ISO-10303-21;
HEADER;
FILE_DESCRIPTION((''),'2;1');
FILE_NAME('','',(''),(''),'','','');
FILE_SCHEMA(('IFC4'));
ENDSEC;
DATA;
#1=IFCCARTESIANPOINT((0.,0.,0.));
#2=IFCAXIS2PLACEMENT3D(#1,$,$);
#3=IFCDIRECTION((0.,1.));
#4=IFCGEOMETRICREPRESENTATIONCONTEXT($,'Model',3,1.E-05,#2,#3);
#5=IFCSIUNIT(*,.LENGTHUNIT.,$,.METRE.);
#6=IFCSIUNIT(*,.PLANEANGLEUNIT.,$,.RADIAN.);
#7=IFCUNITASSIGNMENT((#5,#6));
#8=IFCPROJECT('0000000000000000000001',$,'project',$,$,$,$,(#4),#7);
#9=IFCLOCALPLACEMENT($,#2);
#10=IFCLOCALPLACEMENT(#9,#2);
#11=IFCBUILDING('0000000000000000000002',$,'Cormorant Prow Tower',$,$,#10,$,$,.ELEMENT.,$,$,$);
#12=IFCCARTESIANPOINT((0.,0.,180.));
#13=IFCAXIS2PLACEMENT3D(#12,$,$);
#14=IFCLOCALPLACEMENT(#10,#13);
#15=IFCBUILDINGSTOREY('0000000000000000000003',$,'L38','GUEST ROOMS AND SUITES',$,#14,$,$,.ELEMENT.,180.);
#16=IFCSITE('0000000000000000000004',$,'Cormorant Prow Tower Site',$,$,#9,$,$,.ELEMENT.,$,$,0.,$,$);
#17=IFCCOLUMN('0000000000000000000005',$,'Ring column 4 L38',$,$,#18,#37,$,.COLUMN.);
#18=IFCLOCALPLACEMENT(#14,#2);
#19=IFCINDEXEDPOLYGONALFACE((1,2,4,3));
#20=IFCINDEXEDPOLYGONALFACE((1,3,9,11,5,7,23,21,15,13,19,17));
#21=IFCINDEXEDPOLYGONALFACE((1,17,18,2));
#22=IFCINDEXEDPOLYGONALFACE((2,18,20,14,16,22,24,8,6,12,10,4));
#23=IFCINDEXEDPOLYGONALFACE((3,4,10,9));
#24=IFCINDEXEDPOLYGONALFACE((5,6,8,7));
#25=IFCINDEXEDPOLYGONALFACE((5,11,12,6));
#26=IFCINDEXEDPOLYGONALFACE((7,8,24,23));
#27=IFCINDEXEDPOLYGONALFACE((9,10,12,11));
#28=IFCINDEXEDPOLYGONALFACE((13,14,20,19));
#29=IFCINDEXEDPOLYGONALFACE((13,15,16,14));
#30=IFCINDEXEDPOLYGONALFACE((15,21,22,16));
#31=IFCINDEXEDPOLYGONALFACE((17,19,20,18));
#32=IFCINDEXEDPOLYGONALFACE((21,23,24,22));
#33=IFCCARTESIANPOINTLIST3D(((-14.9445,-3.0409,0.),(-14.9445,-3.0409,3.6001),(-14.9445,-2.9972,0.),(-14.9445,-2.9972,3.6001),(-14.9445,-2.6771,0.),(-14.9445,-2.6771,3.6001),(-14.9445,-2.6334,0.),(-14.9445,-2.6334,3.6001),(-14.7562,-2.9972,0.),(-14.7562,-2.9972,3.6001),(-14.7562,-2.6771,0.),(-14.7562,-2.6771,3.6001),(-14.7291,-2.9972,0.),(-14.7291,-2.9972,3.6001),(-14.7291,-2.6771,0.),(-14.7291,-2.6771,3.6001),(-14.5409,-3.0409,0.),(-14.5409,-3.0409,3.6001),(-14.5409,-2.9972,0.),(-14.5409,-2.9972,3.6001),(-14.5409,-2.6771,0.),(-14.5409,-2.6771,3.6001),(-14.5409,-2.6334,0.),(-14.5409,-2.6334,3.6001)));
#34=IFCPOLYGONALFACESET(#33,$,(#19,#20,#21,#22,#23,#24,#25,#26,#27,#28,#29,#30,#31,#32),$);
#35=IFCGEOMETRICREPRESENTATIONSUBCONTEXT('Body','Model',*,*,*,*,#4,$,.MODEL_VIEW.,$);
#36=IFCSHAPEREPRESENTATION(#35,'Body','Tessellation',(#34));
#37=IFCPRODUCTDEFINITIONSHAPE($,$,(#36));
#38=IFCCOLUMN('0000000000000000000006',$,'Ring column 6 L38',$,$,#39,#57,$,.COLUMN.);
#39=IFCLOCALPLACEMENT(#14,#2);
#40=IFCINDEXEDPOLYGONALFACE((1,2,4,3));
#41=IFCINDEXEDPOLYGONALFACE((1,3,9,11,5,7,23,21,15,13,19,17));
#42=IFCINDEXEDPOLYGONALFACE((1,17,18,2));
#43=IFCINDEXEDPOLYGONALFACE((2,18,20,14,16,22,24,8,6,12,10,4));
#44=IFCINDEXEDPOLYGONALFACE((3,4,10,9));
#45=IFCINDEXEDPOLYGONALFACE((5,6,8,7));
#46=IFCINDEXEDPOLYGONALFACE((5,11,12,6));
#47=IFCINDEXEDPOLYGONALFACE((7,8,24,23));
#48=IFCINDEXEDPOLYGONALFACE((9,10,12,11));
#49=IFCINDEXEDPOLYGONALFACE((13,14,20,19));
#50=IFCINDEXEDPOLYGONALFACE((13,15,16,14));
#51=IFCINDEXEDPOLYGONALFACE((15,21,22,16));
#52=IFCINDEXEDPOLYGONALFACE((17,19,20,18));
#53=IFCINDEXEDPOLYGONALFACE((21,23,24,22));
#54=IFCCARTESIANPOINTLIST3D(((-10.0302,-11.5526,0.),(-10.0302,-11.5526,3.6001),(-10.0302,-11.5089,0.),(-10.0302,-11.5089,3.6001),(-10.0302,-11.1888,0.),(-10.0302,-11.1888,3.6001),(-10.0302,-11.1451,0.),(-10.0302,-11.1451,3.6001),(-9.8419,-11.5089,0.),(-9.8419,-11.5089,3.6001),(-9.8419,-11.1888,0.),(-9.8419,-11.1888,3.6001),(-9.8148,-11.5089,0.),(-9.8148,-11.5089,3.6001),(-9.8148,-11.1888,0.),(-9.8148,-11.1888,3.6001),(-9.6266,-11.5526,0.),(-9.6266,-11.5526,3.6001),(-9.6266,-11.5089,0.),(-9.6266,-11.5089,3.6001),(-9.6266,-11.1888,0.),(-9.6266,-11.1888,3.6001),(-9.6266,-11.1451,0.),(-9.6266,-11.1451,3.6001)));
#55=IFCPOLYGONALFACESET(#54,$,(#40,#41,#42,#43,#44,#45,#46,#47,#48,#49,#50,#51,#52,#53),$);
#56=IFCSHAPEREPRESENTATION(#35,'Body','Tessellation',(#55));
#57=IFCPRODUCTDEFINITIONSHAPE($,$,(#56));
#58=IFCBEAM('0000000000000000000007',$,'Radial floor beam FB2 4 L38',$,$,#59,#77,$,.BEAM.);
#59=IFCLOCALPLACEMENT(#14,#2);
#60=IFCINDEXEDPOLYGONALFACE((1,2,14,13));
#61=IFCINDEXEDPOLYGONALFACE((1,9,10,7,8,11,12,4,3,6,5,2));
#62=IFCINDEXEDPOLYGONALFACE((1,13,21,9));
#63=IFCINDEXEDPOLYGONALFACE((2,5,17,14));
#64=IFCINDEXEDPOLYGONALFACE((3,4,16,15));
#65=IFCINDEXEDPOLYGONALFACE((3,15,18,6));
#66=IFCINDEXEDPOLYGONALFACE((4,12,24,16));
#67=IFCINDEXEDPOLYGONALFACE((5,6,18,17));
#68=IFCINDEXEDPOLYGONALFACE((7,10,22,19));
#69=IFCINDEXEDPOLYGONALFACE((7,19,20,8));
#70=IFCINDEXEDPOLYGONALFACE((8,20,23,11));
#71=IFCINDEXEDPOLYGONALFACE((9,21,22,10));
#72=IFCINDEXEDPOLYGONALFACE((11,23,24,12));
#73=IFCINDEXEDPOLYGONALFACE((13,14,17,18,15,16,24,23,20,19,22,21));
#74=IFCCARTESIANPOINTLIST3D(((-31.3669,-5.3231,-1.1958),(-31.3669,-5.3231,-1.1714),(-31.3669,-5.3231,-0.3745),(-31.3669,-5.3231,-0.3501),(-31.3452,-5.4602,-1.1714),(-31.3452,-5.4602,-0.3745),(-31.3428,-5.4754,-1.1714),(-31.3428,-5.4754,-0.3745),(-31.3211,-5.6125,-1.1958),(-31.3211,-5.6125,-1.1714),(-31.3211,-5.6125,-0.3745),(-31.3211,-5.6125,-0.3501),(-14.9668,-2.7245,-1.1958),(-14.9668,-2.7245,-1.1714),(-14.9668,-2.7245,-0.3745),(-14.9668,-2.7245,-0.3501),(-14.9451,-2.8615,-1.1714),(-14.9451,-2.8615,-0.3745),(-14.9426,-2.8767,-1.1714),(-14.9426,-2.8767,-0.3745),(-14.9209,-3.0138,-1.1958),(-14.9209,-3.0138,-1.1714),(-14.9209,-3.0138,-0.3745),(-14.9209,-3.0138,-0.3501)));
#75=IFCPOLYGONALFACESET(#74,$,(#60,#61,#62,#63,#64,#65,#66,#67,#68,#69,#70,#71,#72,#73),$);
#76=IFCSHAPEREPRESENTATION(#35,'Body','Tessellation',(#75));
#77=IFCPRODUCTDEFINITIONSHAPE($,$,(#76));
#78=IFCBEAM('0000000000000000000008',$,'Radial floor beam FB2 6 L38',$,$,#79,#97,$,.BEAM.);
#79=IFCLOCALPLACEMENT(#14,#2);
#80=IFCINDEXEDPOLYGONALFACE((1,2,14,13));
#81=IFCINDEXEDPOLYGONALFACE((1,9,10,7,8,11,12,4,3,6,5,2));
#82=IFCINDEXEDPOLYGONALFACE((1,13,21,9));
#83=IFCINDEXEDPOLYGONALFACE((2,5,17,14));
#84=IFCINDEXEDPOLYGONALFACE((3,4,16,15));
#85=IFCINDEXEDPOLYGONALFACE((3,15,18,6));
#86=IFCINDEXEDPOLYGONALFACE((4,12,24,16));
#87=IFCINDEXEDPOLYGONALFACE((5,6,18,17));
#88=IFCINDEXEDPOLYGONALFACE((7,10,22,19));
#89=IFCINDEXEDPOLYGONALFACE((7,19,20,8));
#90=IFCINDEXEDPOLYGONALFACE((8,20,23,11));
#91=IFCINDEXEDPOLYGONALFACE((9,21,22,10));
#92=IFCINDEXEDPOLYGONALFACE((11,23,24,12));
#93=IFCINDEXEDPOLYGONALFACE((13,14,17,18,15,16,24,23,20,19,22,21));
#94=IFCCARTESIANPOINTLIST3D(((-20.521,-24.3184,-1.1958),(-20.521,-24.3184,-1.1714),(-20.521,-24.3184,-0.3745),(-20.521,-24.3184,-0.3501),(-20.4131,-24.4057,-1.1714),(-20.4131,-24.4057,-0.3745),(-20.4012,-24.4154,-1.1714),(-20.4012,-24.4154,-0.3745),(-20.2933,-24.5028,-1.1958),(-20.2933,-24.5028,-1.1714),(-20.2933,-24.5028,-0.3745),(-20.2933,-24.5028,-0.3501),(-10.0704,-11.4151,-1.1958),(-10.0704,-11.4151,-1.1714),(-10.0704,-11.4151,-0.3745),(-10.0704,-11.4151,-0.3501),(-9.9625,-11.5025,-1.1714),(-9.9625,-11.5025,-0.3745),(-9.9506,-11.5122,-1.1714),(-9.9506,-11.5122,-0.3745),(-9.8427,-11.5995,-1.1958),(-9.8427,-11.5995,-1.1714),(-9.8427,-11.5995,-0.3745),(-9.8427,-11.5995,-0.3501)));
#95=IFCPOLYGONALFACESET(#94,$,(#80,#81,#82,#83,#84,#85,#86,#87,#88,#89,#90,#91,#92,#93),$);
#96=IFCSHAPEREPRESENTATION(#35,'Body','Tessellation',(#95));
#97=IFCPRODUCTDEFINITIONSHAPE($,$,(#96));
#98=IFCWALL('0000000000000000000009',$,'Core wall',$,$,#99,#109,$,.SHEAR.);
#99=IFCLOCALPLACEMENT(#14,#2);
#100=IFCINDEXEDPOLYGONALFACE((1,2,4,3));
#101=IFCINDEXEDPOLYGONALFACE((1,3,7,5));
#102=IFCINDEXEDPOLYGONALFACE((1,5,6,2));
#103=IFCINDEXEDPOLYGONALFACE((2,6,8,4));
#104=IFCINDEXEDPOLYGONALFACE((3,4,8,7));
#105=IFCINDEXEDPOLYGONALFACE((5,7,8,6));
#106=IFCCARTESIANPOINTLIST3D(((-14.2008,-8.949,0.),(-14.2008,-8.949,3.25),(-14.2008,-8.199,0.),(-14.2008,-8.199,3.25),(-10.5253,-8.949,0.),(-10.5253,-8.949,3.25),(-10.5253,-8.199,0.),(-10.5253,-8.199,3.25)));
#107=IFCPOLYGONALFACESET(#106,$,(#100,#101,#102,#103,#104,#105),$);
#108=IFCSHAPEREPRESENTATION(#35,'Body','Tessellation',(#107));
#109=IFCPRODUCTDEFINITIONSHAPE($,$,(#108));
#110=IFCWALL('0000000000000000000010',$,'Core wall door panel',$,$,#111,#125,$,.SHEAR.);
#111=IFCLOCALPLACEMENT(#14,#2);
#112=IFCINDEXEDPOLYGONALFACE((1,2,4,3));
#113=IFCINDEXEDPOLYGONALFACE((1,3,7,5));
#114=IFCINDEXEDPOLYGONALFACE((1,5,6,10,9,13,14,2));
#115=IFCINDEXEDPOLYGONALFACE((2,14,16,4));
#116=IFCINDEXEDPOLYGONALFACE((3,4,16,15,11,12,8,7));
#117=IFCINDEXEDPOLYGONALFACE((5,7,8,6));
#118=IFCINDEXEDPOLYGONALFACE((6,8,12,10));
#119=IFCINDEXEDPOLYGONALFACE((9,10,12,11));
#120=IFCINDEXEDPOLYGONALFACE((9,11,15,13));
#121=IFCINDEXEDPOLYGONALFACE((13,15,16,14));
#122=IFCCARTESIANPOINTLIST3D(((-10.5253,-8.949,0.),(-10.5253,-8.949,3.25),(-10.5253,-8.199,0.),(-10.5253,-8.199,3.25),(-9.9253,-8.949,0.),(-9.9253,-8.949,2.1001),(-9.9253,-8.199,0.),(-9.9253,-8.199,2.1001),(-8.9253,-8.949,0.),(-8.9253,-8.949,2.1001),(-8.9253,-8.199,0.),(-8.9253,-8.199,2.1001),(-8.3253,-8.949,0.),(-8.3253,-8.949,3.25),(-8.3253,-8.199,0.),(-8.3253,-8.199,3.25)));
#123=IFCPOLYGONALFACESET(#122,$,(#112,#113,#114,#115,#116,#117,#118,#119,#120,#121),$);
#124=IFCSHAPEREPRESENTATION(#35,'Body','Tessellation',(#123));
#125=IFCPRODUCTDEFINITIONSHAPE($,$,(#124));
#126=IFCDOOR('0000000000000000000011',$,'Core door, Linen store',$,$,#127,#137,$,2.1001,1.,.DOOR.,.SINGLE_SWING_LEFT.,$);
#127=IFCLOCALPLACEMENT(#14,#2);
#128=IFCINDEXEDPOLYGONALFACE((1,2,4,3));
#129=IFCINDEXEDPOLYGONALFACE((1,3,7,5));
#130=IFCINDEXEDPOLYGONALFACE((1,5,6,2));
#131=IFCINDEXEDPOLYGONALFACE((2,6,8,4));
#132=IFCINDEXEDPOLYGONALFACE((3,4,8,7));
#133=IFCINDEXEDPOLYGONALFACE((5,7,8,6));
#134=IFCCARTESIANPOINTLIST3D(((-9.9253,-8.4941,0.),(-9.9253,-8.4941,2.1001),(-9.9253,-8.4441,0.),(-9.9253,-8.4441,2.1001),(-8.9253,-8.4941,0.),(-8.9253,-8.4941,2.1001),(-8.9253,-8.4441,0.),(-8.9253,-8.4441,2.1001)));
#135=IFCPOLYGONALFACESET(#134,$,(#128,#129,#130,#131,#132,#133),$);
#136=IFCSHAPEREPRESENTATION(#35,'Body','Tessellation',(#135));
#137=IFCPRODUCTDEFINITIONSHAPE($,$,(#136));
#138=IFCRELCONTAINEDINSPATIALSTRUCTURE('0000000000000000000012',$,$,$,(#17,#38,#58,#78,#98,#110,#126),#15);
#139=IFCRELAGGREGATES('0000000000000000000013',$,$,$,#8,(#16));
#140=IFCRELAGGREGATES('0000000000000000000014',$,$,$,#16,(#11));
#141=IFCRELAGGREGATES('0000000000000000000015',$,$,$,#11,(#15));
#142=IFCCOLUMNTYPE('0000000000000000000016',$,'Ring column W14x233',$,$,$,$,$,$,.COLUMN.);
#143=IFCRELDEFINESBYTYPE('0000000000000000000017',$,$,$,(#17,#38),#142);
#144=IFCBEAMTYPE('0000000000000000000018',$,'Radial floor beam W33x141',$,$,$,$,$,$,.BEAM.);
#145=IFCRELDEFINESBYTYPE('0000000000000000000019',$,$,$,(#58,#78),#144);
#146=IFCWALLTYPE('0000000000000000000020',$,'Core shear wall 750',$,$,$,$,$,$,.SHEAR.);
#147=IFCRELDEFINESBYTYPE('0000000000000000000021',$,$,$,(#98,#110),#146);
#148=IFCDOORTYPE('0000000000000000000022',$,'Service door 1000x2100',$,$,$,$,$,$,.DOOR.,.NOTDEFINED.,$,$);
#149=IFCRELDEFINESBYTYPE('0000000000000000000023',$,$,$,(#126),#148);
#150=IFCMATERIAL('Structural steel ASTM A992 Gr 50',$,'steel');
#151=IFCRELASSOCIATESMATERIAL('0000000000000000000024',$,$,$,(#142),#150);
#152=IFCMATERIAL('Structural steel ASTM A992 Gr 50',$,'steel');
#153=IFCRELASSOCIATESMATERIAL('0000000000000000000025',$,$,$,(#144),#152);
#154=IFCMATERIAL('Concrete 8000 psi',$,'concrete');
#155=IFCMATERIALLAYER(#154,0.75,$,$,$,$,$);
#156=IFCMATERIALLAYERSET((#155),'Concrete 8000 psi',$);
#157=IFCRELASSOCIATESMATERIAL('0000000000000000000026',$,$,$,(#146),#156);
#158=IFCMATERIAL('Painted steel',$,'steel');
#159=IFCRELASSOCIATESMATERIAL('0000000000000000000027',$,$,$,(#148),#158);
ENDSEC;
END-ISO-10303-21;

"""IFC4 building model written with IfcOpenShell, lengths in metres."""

from ifc_helpers import new_model, si_unit, direction, frame, frame_2d, origin, origin_2d, place, context, subcontext, project, spatial, rectangle, i_section, extrude, material, layer, layer_set, material_profile, profile_set, type_object, element, fill, save


model = new_model("IFC4")

# Units and contexts
model_context = context("Model", 3, precision=1e-05, world=origin(), true_north=direction((0.0, 1.0)))
body_context = subcontext(model_context, "Body", "Model", "MODEL_VIEW")
ifc_project = project(units=[si_unit("LENGTHUNIT", "METRE"), si_unit("PLANEANGLEUNIT", "RADIAN")], contexts=[model_context])

# Site, building, storey
site_placement = place(None, origin())
site = spatial("IfcSite", under=ifc_project, at=site_placement, Name="Cormorant Prow Tower Site", CompositionType="ELEMENT", RefElevation=0.0)
building_placement = place(site_placement, origin())
building = spatial("IfcBuilding", under=site, at=building_placement, Name="Cormorant Prow Tower", CompositionType="ELEMENT")
storey_placement = place(building_placement, frame((0.0, 0.0, 180.0)))
storey = spatial("IfcBuildingStorey", under=building, at=storey_placement, Name="L38", Description="GUEST ROOMS AND SUITES", CompositionType="ELEMENT", Elevation=180.0)

# Columns
ifc_material_1 = material(Name="Structural steel ASTM A992 Gr 50", Category="steel")
ifc_material_profile_1 = material_profile(ifc_material_1, i_section(OverallWidth=0.4036, OverallDepth=0.4075, WebThickness=0.0271, FlangeThickness=0.0437, at=origin_2d()), Name="W14x233")
ifc_profile_set_1 = profile_set([ifc_material_profile_1], Name="Structural steel ASTM A992 Gr 50")
column_type = type_object("IfcColumnType", Name="Ring column W14x233", PredefinedType="COLUMN", material=ifc_profile_set_1)
for number, where, z_axis, x_axis, name in (
    (1, (-14.7427, -2.8372, 0.0), (0.0, 0.0, 1.0), (1.0, 0.0, 0.0), "Ring column 4 L38"),
    (2, (-9.8284, -11.3489, 0.0), (0.0, 0.0, 1.0), (1.0, 0.0, 0.0), "Ring column 6 L38"),
):
    element("IfcColumn", number, at=place(storey_placement, frame(where, z_axis=z_axis, x_axis=x_axis)), inside=storey, type_object=column_type, Name=name, PredefinedType="COLUMN", context=body_context, shape_type="SweptSolid", body=[
        extrude(i_section(OverallWidth=0.4036, OverallDepth=0.4075, WebThickness=0.0271, FlangeThickness=0.0437, at=origin_2d()), origin(), (0.0, 0.0, 1.0), 3.6001),
    ])

# Beams
ifc_material_2 = material(Name="Structural steel ASTM A992 Gr 50", Category="steel")
ifc_material_profile_2 = material_profile(ifc_material_2, i_section(OverallWidth=0.293, OverallDepth=0.8457, WebThickness=0.0154, FlangeThickness=0.0244, at=origin_2d()), Name="W33x141")
ifc_profile_set_2 = profile_set([ifc_material_profile_2], Name="Structural steel ASTM A992 Gr 50")
beam_type = type_object("IfcBeamType", Name="Radial floor beam W33x141", PredefinedType="BEAM", material=ifc_profile_set_2)
beam_1_placement = place(storey_placement, frame((-14.9438, -2.8691, -0.7729), z_axis=(-0.987678, -0.156499, 0.0), x_axis=(0.156499, -0.987678, 0.0)))
element("IfcBeam", 3, at=beam_1_placement, inside=storey, type_object=beam_type, Name="Radial floor beam FB2 4 L38", PredefinedType="BEAM", context=body_context, shape_type="SweptSolid", body=[
    extrude(i_section(OverallWidth=0.293, OverallDepth=0.8457, WebThickness=0.0154, FlangeThickness=0.0244, at=origin_2d()), origin(), (0.0, 0.0, 1.0), 16.6047),
])
beam_2_placement = place(storey_placement, frame((-9.9565, -11.5073, -0.7729), z_axis=(-0.629385, -0.777094, 0.0), x_axis=(0.777094, -0.629385, 0.0)))
element("IfcBeam", 4, at=beam_2_placement, inside=storey, type_object=beam_type, Name="Radial floor beam FB2 6 L38", PredefinedType="BEAM", context=body_context, shape_type="SweptSolid", body=[
    extrude(i_section(OverallWidth=0.293, OverallDepth=0.8457, WebThickness=0.0154, FlangeThickness=0.0244, at=origin_2d()), origin(), (0.0, 0.0, 1.0), 16.6045),
])

# Wall
ifc_material_3 = material(Name="Concrete 8000 psi", Category="concrete")
ifc_layer_1 = layer(ifc_material_3, 0.75)
ifc_layer_set_1 = layer_set([ifc_layer_1], Name="Concrete 8000 psi")
wall_type_1 = type_object("IfcWallType", Name="Core shear wall 750", PredefinedType="SHEAR", material=ifc_layer_set_1)
wall_1_placement = place(storey_placement, frame((-14.2009, -8.574, 0.0), z_axis=(0.0, 0.0, 1.0), x_axis=(1.0, 0.0, 0.0)))
element("IfcWall", 5, at=wall_1_placement, inside=storey, type_object=wall_type_1, Name="Core wall", PredefinedType="SHEAR", context=body_context, shape_type="SweptSolid", body=[
    extrude(rectangle(XDim=3.6755, YDim=0.75, at=frame_2d((1.8379, 0.0))), origin(), (0.0, 0.0, 1.0), 3.25),
])

# Wall, opening, door
wall_2_placement = place(storey_placement, frame((-10.5254, -8.574, 0.0), z_axis=(0.0, 0.0, 1.0), x_axis=(1.0, 0.0, 0.0)))
wall_2 = element("IfcWall", 6, at=wall_2_placement, inside=storey, type_object=wall_type_1, Name="Core wall door panel", PredefinedType="SHEAR", context=body_context, shape_type="SweptSolid", body=[
    extrude(rectangle(XDim=2.2, YDim=0.75, at=frame_2d((1.1001, 0.0))), origin(), (0.0, 0.0, 1.0), 3.25),
])
opening_1_placement = place(wall_2_placement, frame((0.6001, 0.0, 0.0)))
opening_1 = element("IfcOpeningElement", 7, at=opening_1_placement, cuts=wall_2, PredefinedType="OPENING", context=body_context, shape_type="SweptSolid", body=[
    extrude(rectangle(XDim=1.0, YDim=2.1001, at=frame_2d((0.5, 1.05))), frame((0.0, 0.385, 0.0), z_axis=(0.0, -1.0, 0.0), x_axis=(1.0, 0.0, 0.0)), (0.0, 0.0, 1.0), 0.77),
])
ifc_material_4 = material(Name="Painted steel", Category="steel")
door_type_1 = type_object("IfcDoorType", Name="Service door 1000x2100", OperationType="NOTDEFINED", PredefinedType="DOOR", material=ifc_material_4)
door_1_placement = place(opening_1_placement, origin())
door_1 = element("IfcDoor", 8, at=door_1_placement, inside=storey, type_object=door_type_1, Name="Core door, Linen store", OperationType="SINGLE_SWING_LEFT", OverallHeight=2.1001, OverallWidth=1.0, PredefinedType="DOOR", context=body_context, shape_type="SweptSolid", body=[
    extrude(rectangle(XDim=1.0, YDim=2.1001, at=frame_2d((0.5, 1.05))), frame((0.0, 0.1299, 0.0), z_axis=(0.0, -1.0, 0.0), x_axis=(1.0, 0.0, 0.0)), (0.0, 0.0, 1.0), 0.05),
])
fill(opening_1, door_1)

save(model, "model.ifc")
